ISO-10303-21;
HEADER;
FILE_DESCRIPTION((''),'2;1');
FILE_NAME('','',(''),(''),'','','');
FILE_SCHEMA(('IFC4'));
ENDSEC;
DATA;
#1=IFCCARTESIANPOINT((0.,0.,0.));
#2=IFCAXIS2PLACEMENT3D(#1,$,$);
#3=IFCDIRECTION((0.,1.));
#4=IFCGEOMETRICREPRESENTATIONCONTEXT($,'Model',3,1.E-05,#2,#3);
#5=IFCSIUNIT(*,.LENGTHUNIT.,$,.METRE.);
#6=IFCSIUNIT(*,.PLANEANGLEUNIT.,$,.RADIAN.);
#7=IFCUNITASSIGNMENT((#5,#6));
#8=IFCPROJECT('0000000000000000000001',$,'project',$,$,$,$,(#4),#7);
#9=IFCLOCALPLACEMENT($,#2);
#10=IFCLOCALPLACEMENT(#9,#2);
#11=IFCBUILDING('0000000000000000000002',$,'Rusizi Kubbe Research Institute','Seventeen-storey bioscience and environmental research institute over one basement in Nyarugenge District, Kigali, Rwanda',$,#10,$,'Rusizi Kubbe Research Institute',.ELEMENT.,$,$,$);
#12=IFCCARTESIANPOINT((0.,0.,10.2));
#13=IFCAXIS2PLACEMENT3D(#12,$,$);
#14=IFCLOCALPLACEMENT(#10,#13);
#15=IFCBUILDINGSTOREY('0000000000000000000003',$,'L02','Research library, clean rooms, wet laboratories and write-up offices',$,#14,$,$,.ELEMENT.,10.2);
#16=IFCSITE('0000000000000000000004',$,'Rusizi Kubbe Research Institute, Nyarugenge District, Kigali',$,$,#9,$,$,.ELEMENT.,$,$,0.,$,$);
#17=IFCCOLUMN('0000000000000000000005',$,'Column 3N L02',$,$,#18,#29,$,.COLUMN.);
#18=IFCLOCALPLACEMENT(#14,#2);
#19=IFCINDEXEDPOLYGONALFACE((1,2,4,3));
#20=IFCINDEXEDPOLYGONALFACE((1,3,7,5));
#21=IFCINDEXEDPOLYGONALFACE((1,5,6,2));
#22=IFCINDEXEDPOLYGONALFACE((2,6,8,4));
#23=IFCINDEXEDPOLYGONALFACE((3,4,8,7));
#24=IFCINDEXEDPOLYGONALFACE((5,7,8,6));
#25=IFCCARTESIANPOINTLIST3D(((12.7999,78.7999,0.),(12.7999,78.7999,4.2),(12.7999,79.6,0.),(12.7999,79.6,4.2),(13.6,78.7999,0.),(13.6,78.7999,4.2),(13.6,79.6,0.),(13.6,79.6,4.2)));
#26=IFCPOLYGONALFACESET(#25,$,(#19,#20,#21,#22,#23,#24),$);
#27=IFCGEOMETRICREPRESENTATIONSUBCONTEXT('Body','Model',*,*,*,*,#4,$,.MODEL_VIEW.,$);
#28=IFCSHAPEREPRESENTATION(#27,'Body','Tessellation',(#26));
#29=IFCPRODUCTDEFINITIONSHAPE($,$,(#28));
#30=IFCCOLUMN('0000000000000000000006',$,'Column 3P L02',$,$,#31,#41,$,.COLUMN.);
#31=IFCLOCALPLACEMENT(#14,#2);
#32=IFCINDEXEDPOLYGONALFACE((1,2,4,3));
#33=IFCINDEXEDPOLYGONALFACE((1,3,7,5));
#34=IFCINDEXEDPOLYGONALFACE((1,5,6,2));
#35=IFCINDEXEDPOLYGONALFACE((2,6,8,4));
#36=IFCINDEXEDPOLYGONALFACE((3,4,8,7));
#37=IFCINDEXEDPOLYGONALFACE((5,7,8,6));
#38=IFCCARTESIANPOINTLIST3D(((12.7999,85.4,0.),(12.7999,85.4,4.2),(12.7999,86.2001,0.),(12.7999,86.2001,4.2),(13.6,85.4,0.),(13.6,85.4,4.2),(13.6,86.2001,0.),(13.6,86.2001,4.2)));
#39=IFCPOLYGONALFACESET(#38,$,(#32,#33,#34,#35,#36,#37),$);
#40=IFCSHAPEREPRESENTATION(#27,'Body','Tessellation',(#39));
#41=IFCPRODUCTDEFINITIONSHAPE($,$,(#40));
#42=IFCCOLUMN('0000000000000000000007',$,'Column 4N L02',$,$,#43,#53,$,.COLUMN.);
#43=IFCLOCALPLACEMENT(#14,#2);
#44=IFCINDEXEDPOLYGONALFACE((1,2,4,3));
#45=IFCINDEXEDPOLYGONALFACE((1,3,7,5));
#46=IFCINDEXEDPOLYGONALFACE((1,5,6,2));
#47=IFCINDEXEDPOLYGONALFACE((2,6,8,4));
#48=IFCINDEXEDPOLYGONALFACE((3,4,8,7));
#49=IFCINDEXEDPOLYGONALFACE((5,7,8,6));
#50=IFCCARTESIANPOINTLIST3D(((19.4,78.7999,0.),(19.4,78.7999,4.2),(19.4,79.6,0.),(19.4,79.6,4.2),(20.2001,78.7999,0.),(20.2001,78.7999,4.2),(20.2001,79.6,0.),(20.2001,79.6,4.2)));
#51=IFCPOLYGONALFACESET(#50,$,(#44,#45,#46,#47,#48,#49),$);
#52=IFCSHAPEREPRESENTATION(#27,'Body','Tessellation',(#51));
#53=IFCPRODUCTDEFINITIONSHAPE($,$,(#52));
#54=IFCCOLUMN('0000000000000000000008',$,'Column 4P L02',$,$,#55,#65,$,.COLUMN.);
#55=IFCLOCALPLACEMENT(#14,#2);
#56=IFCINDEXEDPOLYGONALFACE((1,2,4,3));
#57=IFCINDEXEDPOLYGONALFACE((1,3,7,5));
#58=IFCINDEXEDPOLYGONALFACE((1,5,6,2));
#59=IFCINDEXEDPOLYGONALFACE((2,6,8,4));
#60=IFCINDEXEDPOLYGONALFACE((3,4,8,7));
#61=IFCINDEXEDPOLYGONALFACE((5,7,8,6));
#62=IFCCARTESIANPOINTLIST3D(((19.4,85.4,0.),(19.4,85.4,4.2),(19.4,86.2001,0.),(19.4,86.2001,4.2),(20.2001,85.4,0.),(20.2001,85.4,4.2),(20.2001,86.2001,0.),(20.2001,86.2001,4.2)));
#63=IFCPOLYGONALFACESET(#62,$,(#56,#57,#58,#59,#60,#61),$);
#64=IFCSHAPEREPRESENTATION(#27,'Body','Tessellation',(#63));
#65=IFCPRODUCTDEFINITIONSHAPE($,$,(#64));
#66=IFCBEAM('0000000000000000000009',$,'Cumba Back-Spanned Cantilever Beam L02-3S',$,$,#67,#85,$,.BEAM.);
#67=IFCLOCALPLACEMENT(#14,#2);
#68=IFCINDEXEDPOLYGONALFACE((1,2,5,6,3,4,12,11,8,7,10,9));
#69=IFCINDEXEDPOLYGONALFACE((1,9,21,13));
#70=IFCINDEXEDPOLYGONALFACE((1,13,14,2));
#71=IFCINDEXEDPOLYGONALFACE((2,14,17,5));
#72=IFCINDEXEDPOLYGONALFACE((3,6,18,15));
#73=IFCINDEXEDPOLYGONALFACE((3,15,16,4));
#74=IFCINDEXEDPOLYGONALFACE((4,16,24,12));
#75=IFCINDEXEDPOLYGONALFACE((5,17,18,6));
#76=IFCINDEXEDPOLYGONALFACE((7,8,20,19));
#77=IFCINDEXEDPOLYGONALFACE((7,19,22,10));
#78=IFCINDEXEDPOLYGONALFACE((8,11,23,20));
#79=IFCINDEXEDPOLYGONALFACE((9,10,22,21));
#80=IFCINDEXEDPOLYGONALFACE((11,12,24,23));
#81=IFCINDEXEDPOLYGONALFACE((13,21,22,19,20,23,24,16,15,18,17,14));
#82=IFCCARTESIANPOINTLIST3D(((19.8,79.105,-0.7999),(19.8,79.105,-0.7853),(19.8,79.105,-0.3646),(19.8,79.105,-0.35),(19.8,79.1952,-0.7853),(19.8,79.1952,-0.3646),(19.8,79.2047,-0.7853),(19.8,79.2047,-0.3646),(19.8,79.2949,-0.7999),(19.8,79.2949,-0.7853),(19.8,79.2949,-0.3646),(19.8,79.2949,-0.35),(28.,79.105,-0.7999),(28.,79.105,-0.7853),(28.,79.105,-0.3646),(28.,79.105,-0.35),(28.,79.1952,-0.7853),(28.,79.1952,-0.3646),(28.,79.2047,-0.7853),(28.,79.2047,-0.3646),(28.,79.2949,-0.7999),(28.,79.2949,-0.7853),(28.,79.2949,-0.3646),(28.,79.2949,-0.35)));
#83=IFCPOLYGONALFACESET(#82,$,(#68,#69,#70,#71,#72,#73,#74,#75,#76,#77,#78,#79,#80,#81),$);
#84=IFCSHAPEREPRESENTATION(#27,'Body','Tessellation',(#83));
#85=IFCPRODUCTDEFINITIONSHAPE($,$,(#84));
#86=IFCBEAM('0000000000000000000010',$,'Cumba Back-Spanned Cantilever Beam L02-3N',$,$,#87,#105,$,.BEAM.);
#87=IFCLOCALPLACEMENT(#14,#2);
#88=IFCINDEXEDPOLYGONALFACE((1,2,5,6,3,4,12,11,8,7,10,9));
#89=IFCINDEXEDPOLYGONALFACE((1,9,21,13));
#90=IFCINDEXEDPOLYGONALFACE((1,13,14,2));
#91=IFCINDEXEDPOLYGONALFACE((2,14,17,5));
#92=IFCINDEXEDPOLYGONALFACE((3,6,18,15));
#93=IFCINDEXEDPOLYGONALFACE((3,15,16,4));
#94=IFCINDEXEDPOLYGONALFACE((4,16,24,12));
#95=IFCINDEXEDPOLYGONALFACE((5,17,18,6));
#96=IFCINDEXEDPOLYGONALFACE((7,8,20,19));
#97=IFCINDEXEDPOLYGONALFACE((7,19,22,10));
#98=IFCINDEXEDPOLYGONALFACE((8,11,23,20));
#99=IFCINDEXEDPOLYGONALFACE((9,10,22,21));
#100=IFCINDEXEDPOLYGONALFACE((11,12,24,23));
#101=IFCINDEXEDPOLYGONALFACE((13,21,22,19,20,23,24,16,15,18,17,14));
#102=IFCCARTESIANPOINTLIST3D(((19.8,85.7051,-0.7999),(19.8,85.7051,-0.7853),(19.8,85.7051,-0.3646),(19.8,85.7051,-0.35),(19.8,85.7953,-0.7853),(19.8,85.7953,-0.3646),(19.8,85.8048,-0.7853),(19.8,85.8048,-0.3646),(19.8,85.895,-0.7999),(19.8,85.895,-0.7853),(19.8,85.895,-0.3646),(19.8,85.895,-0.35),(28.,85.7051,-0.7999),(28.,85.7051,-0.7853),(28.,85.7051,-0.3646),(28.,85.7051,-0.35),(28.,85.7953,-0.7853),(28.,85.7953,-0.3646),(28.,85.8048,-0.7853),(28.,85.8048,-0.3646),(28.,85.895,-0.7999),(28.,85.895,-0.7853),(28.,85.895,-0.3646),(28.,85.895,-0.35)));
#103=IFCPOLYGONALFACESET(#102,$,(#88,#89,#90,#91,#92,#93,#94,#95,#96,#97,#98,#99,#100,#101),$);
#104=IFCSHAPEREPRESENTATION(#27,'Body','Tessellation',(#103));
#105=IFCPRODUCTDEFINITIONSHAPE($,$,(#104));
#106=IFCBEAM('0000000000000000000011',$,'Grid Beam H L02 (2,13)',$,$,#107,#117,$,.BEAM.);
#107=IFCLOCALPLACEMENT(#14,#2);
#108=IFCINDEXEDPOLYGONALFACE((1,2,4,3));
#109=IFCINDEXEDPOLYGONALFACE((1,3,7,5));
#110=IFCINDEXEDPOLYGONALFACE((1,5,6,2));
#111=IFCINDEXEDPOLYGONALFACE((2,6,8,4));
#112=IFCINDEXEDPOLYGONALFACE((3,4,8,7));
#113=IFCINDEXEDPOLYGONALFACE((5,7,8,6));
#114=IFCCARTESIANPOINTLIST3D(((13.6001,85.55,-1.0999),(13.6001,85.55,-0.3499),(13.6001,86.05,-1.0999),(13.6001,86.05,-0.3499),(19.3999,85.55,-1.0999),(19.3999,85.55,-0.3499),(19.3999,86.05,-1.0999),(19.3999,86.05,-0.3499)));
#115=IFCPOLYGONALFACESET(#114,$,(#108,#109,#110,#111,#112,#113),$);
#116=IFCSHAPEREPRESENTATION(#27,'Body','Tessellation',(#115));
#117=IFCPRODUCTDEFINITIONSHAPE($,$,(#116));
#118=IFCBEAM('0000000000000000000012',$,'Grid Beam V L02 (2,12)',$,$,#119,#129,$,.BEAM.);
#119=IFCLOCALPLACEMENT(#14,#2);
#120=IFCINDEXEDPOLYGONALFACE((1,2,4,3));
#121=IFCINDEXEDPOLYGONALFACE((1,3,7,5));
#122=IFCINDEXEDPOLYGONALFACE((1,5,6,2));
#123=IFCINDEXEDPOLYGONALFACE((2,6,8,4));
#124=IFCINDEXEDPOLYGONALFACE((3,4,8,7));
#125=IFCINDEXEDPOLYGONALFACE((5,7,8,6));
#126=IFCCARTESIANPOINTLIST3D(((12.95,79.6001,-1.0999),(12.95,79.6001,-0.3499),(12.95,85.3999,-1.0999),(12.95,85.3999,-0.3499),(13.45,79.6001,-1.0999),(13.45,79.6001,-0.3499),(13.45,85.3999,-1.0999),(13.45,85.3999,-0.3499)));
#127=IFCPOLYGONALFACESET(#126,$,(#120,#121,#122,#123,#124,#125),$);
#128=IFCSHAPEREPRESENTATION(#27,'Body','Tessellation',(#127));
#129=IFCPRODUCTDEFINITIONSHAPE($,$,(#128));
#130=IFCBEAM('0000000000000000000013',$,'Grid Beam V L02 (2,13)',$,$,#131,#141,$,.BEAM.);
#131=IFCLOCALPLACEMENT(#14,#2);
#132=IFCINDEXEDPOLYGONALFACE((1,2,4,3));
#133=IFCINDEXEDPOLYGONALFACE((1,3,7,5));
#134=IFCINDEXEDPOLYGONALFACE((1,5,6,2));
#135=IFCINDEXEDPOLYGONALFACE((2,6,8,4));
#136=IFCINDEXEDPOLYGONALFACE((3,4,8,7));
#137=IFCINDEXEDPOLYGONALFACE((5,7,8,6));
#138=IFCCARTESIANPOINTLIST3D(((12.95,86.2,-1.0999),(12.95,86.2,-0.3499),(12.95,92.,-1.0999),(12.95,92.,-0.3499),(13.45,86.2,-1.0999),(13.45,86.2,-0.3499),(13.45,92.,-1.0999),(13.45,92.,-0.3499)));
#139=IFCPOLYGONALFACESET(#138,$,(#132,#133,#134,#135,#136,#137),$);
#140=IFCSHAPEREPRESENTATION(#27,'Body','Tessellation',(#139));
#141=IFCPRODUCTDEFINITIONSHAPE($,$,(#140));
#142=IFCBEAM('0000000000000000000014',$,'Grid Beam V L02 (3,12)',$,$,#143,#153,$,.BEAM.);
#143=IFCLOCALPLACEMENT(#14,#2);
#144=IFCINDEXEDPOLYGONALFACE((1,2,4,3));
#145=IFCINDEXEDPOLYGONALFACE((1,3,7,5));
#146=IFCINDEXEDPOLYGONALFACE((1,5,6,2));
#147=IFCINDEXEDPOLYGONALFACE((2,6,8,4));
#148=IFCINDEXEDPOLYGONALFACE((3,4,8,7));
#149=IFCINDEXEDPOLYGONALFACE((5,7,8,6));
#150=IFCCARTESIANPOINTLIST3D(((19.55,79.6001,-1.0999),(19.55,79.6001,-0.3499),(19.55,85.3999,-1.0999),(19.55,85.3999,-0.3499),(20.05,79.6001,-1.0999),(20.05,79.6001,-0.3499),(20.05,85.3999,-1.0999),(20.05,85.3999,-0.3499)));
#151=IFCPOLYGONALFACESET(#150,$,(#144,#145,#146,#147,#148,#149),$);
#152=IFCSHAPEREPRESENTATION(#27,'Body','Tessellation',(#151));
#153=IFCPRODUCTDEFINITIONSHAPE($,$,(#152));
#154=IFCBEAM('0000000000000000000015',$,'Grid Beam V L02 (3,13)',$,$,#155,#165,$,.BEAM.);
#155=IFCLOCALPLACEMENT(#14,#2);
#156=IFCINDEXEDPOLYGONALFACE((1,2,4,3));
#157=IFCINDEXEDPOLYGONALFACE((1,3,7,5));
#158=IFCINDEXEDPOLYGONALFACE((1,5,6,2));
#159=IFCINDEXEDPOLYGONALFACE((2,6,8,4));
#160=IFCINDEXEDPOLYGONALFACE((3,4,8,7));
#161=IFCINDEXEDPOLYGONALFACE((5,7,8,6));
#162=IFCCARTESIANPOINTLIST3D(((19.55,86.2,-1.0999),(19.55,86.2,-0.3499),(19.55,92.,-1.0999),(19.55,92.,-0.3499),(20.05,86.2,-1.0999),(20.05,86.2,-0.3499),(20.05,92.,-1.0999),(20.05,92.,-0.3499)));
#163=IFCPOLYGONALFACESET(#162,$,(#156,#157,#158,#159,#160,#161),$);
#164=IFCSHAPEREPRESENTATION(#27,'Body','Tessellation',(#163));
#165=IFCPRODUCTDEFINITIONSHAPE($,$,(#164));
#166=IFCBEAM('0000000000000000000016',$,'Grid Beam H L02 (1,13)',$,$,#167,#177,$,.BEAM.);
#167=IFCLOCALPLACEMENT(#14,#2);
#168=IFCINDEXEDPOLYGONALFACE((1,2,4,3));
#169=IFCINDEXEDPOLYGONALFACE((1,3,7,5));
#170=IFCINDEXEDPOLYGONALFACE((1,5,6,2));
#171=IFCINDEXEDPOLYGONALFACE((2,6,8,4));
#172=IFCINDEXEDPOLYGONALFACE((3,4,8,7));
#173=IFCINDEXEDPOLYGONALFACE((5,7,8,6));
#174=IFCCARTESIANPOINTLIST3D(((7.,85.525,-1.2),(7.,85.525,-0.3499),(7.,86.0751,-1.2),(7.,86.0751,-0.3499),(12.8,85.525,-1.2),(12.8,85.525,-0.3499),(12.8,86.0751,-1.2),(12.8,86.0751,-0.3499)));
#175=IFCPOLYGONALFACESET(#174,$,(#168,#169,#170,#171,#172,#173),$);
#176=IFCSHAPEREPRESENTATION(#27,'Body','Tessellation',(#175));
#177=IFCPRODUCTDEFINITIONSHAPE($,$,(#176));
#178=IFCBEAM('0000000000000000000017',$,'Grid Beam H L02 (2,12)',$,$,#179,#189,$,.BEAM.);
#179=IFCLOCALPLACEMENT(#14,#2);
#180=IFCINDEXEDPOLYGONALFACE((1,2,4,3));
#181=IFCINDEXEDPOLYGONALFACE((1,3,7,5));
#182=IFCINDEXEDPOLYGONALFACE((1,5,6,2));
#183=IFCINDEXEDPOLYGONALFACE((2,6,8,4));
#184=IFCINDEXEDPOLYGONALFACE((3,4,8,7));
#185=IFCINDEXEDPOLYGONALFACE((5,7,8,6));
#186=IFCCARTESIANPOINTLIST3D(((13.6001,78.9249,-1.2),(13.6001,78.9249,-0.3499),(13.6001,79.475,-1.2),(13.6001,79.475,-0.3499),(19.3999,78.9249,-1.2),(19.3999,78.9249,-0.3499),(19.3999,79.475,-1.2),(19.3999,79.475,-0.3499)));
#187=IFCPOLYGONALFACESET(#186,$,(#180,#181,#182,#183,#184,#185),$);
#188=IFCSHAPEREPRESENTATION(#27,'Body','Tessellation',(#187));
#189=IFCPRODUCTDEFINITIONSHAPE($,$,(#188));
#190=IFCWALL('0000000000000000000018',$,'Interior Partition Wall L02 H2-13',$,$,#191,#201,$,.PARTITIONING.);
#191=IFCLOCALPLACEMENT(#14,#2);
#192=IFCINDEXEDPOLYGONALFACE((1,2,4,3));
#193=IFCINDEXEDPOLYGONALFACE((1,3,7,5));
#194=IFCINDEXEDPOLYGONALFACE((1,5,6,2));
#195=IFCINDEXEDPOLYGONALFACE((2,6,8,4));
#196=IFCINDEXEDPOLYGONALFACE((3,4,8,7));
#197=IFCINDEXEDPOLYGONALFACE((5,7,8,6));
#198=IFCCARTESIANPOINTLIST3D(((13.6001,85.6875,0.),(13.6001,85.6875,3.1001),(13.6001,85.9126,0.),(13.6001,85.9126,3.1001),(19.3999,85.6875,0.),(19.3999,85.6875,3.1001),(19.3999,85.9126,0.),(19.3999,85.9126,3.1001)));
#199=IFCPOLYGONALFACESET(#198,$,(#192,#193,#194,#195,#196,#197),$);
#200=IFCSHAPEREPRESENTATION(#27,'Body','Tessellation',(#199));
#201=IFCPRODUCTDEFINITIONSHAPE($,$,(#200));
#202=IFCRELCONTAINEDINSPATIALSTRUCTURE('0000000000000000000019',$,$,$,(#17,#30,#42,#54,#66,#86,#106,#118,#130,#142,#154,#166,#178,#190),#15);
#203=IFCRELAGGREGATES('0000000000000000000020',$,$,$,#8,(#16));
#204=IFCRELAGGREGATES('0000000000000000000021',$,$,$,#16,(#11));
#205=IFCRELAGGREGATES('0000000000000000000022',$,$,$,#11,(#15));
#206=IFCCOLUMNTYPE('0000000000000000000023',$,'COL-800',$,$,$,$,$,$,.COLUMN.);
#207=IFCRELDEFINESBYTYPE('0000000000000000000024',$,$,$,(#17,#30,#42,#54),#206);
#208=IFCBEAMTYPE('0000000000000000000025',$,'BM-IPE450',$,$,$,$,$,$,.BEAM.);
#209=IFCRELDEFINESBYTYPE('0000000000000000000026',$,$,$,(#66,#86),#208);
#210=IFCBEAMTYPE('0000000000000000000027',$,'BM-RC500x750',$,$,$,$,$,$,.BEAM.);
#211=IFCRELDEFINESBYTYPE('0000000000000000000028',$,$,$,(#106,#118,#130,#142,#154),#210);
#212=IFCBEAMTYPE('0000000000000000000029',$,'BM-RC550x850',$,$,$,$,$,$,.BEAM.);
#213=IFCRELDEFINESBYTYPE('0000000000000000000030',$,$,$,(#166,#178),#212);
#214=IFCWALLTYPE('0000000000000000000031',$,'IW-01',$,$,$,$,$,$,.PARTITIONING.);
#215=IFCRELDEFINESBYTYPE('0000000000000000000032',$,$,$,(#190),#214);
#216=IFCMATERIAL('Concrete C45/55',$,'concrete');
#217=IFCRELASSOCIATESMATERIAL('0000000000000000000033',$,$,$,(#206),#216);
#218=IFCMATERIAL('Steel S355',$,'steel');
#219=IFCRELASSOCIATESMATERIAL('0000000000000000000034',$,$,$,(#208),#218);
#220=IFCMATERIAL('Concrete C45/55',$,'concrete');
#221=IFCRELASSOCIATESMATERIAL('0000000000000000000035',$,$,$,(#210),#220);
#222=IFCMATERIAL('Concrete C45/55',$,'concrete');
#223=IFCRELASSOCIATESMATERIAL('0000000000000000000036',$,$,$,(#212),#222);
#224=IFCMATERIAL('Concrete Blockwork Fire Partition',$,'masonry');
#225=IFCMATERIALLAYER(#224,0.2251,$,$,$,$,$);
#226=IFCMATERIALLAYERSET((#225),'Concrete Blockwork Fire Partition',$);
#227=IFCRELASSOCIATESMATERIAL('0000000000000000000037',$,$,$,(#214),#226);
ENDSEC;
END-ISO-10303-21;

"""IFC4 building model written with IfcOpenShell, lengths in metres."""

from ifc_helpers import new_model, si_unit, direction, frame, frame_2d, origin, origin_2d, place, context, subcontext, project, spatial, rectangle, i_section, extrude, material, layer, layer_set, material_profile, profile_set, type_object, element, save


model = new_model("IFC4")

# Units and contexts
model_context = context("Model", 3, precision=1e-05, world=origin(), true_north=direction((0.0, 1.0)))
body_context = subcontext(model_context, "Body", "Model", "MODEL_VIEW")
ifc_project = project(units=[si_unit("LENGTHUNIT", "METRE"), si_unit("PLANEANGLEUNIT", "RADIAN")], contexts=[model_context])

# Site, building, storey
site_placement = place(None, origin())
site = spatial("IfcSite", under=ifc_project, at=site_placement, Name="Rusizi Kubbe Research Institute, Nyarugenge District, Kigali", CompositionType="ELEMENT", RefElevation=0.0)
building_placement = place(site_placement, origin())
building = spatial("IfcBuilding", under=site, at=building_placement, Name="Rusizi Kubbe Research Institute", Description="Seventeen-storey bioscience and environmental research institute over one basement in Nyarugenge District, Kigali, Rwanda", LongName="Rusizi Kubbe Research Institute", CompositionType="ELEMENT")
storey_placement = place(building_placement, frame((0.0, 0.0, 10.2)))
storey = spatial("IfcBuildingStorey", under=building, at=storey_placement, Name="L02", Description="Research library, clean rooms, wet laboratories and write-up offices", CompositionType="ELEMENT", Elevation=10.2)

# Columns
ifc_material_1 = material(Name="Concrete C45/55", Category="concrete")
ifc_material_profile_1 = material_profile(ifc_material_1, rectangle(XDim=0.8, YDim=0.8, at=origin_2d()), Name="RC800x800")
ifc_profile_set_1 = profile_set([ifc_material_profile_1], Name="Concrete C45/55")
column_type = type_object("IfcColumnType", Name="COL-800", PredefinedType="COLUMN", material=ifc_profile_set_1)
for number, where, z_axis, x_axis, name in (
    (1, (13.2, 79.2, 0.0), (0.0, 0.0, 1.0), (1.0, 0.0, 0.0), "Column 3N L02"),
    (2, (13.2, 85.8, 0.0), (0.0, 0.0, 1.0), (1.0, 0.0, 0.0), "Column 3P L02"),
    (3, (19.8, 79.2, 0.0), (0.0, 0.0, 1.0), (1.0, 0.0, 0.0), "Column 4N L02"),
    (4, (19.8, 85.8, 0.0), (0.0, 0.0, 1.0), (1.0, 0.0, 0.0), "Column 4P L02"),
):
    element("IfcColumn", number, at=place(storey_placement, frame(where, z_axis=z_axis, x_axis=x_axis)), inside=storey, type_object=column_type, Name=name, PredefinedType="COLUMN", context=body_context, shape_type="SweptSolid", body=[
        extrude(rectangle(XDim=0.8, YDim=0.8, at=origin_2d()), origin(), (0.0, 0.0, 1.0), 4.2),
    ])

# Beams
ifc_material_2 = material(Name="Steel S355", Category="steel")
ifc_material_profile_2 = material_profile(ifc_material_2, i_section(OverallWidth=0.1899, OverallDepth=0.45, WebThickness=0.0095, FlangeThickness=0.0146, at=origin_2d()), Name="IPE 450")
ifc_profile_set_2 = profile_set([ifc_material_profile_2], Name="Steel S355")
beam_type_1 = type_object("IfcBeamType", Name="BM-IPE450", PredefinedType="BEAM", material=ifc_profile_set_2)
for number, where, z_axis, x_axis, name in (
    (5, (19.8, 79.2, -0.575), (1.0, 0.0, 0.0), (0.0, 1.0, 0.0), "Cumba Back-Spanned Cantilever Beam L02-3S"),
    (6, (19.8, 85.8, -0.575), (1.0, 0.0, 0.0), (0.0, 1.0, 0.0), "Cumba Back-Spanned Cantilever Beam L02-3N"),
):
    element("IfcBeam", number, at=place(storey_placement, frame(where, z_axis=z_axis, x_axis=x_axis)), inside=storey, type_object=beam_type_1, Name=name, PredefinedType="BEAM", context=body_context, shape_type="SweptSolid", body=[
        extrude(i_section(OverallWidth=0.1899, OverallDepth=0.45, WebThickness=0.0095, FlangeThickness=0.0146, at=origin_2d()), origin(), (0.0, 0.0, 1.0), 8.2),
    ])
ifc_material_3 = material(Name="Concrete C45/55", Category="concrete")
ifc_material_profile_3 = material_profile(ifc_material_3, rectangle(XDim=0.5, YDim=0.75, at=origin_2d()), Name="RC500x750B")
ifc_profile_set_3 = profile_set([ifc_material_profile_3], Name="Concrete C45/55")
beam_type_2 = type_object("IfcBeamType", Name="BM-RC500x750", PredefinedType="BEAM", material=ifc_profile_set_3)
for number, where, z_axis, x_axis, name in (
    (7, (13.6001, 85.8, -0.7249), (1.0, 0.0, 0.0), (0.0, 1.0, 0.0), "Grid Beam H L02 (2,13)"),
    (8, (13.2, 79.6001, -0.7249), (0.0, 1.0, 0.0), (-1.0, 0.0, 0.0), "Grid Beam V L02 (2,12)"),
):
    element("IfcBeam", number, at=place(storey_placement, frame(where, z_axis=z_axis, x_axis=x_axis)), inside=storey, type_object=beam_type_2, Name=name, PredefinedType="BEAM", context=body_context, shape_type="SweptSolid", body=[
        extrude(rectangle(XDim=0.5, YDim=0.75, at=origin_2d()), origin(), (0.0, 0.0, 1.0), 5.7998),
    ])
beam_1_placement = place(storey_placement, frame((13.2, 86.2, -0.7249), z_axis=(0.0, 1.0, 0.0), x_axis=(-1.0, 0.0, 0.0)))
element("IfcBeam", 9, at=beam_1_placement, inside=storey, type_object=beam_type_2, Name="Grid Beam V L02 (2,13)", PredefinedType="BEAM", context=body_context, shape_type="SweptSolid", body=[
    extrude(rectangle(XDim=0.5, YDim=0.75, at=origin_2d()), origin(), (0.0, 0.0, 1.0), 5.8),
])
beam_2_placement = place(storey_placement, frame((19.8, 79.6001, -0.7249), z_axis=(0.0, 1.0, 0.0), x_axis=(-1.0, 0.0, 0.0)))
element("IfcBeam", 10, at=beam_2_placement, inside=storey, type_object=beam_type_2, Name="Grid Beam V L02 (3,12)", PredefinedType="BEAM", context=body_context, shape_type="SweptSolid", body=[
    extrude(rectangle(XDim=0.5, YDim=0.75, at=origin_2d()), origin(), (0.0, 0.0, 1.0), 5.7998),
])
beam_3_placement = place(storey_placement, frame((19.8, 86.2, -0.7249), z_axis=(0.0, 1.0, 0.0), x_axis=(-1.0, 0.0, 0.0)))
element("IfcBeam", 11, at=beam_3_placement, inside=storey, type_object=beam_type_2, Name="Grid Beam V L02 (3,13)", PredefinedType="BEAM", context=body_context, shape_type="SweptSolid", body=[
    extrude(rectangle(XDim=0.5, YDim=0.75, at=origin_2d()), origin(), (0.0, 0.0, 1.0), 5.8),
])
ifc_material_4 = material(Name="Concrete C45/55", Category="concrete")
ifc_material_profile_4 = material_profile(ifc_material_4, rectangle(XDim=0.55, YDim=0.8501, at=origin_2d()), Name="RC550x850")
ifc_profile_set_4 = profile_set([ifc_material_profile_4], Name="Concrete C45/55")
beam_type_3 = type_object("IfcBeamType", Name="BM-RC550x850", PredefinedType="BEAM", material=ifc_profile_set_4)
beam_4_placement = place(storey_placement, frame((7.0, 85.8, -0.7749), z_axis=(1.0, 0.0, 0.0), x_axis=(0.0, 1.0, 0.0)))
element("IfcBeam", 12, at=beam_4_placement, inside=storey, type_object=beam_type_3, Name="Grid Beam H L02 (1,13)", PredefinedType="BEAM", context=body_context, shape_type="SweptSolid", body=[
    extrude(rectangle(XDim=0.55, YDim=0.8501, at=origin_2d()), origin(), (0.0, 0.0, 1.0), 5.8),
])
beam_5_placement = place(storey_placement, frame((13.6001, 79.2, -0.7749), z_axis=(1.0, 0.0, 0.0), x_axis=(0.0, 1.0, 0.0)))
element("IfcBeam", 13, at=beam_5_placement, inside=storey, type_object=beam_type_3, Name="Grid Beam H L02 (2,12)", PredefinedType="BEAM", context=body_context, shape_type="SweptSolid", body=[
    extrude(rectangle(XDim=0.55, YDim=0.8501, at=origin_2d()), origin(), (0.0, 0.0, 1.0), 5.7998),
])

# Wall
ifc_material_5 = material(Name="Concrete Blockwork Fire Partition", Category="masonry")
ifc_layer_1 = layer(ifc_material_5, 0.2251)
ifc_layer_set_1 = layer_set([ifc_layer_1], Name="Concrete Blockwork Fire Partition")
wall_type_1 = type_object("IfcWallType", Name="IW-01", PredefinedType="PARTITIONING", material=ifc_layer_set_1)
wall_1_placement = place(storey_placement, frame((13.6001, 85.8, 0.0), z_axis=(0.0, 0.0, 1.0), x_axis=(1.0, 0.0, 0.0)))
element("IfcWall", 14, at=wall_1_placement, inside=storey, type_object=wall_type_1, Name="Interior Partition Wall L02 H2-13", PredefinedType="PARTITIONING", context=body_context, shape_type="SweptSolid", body=[
    extrude(rectangle(XDim=5.7998, YDim=0.2251, at=frame_2d((2.8999, 0.0))), origin(), (0.0, 0.0, 1.0), 3.1001),
])

save(model, "model.ifc")
